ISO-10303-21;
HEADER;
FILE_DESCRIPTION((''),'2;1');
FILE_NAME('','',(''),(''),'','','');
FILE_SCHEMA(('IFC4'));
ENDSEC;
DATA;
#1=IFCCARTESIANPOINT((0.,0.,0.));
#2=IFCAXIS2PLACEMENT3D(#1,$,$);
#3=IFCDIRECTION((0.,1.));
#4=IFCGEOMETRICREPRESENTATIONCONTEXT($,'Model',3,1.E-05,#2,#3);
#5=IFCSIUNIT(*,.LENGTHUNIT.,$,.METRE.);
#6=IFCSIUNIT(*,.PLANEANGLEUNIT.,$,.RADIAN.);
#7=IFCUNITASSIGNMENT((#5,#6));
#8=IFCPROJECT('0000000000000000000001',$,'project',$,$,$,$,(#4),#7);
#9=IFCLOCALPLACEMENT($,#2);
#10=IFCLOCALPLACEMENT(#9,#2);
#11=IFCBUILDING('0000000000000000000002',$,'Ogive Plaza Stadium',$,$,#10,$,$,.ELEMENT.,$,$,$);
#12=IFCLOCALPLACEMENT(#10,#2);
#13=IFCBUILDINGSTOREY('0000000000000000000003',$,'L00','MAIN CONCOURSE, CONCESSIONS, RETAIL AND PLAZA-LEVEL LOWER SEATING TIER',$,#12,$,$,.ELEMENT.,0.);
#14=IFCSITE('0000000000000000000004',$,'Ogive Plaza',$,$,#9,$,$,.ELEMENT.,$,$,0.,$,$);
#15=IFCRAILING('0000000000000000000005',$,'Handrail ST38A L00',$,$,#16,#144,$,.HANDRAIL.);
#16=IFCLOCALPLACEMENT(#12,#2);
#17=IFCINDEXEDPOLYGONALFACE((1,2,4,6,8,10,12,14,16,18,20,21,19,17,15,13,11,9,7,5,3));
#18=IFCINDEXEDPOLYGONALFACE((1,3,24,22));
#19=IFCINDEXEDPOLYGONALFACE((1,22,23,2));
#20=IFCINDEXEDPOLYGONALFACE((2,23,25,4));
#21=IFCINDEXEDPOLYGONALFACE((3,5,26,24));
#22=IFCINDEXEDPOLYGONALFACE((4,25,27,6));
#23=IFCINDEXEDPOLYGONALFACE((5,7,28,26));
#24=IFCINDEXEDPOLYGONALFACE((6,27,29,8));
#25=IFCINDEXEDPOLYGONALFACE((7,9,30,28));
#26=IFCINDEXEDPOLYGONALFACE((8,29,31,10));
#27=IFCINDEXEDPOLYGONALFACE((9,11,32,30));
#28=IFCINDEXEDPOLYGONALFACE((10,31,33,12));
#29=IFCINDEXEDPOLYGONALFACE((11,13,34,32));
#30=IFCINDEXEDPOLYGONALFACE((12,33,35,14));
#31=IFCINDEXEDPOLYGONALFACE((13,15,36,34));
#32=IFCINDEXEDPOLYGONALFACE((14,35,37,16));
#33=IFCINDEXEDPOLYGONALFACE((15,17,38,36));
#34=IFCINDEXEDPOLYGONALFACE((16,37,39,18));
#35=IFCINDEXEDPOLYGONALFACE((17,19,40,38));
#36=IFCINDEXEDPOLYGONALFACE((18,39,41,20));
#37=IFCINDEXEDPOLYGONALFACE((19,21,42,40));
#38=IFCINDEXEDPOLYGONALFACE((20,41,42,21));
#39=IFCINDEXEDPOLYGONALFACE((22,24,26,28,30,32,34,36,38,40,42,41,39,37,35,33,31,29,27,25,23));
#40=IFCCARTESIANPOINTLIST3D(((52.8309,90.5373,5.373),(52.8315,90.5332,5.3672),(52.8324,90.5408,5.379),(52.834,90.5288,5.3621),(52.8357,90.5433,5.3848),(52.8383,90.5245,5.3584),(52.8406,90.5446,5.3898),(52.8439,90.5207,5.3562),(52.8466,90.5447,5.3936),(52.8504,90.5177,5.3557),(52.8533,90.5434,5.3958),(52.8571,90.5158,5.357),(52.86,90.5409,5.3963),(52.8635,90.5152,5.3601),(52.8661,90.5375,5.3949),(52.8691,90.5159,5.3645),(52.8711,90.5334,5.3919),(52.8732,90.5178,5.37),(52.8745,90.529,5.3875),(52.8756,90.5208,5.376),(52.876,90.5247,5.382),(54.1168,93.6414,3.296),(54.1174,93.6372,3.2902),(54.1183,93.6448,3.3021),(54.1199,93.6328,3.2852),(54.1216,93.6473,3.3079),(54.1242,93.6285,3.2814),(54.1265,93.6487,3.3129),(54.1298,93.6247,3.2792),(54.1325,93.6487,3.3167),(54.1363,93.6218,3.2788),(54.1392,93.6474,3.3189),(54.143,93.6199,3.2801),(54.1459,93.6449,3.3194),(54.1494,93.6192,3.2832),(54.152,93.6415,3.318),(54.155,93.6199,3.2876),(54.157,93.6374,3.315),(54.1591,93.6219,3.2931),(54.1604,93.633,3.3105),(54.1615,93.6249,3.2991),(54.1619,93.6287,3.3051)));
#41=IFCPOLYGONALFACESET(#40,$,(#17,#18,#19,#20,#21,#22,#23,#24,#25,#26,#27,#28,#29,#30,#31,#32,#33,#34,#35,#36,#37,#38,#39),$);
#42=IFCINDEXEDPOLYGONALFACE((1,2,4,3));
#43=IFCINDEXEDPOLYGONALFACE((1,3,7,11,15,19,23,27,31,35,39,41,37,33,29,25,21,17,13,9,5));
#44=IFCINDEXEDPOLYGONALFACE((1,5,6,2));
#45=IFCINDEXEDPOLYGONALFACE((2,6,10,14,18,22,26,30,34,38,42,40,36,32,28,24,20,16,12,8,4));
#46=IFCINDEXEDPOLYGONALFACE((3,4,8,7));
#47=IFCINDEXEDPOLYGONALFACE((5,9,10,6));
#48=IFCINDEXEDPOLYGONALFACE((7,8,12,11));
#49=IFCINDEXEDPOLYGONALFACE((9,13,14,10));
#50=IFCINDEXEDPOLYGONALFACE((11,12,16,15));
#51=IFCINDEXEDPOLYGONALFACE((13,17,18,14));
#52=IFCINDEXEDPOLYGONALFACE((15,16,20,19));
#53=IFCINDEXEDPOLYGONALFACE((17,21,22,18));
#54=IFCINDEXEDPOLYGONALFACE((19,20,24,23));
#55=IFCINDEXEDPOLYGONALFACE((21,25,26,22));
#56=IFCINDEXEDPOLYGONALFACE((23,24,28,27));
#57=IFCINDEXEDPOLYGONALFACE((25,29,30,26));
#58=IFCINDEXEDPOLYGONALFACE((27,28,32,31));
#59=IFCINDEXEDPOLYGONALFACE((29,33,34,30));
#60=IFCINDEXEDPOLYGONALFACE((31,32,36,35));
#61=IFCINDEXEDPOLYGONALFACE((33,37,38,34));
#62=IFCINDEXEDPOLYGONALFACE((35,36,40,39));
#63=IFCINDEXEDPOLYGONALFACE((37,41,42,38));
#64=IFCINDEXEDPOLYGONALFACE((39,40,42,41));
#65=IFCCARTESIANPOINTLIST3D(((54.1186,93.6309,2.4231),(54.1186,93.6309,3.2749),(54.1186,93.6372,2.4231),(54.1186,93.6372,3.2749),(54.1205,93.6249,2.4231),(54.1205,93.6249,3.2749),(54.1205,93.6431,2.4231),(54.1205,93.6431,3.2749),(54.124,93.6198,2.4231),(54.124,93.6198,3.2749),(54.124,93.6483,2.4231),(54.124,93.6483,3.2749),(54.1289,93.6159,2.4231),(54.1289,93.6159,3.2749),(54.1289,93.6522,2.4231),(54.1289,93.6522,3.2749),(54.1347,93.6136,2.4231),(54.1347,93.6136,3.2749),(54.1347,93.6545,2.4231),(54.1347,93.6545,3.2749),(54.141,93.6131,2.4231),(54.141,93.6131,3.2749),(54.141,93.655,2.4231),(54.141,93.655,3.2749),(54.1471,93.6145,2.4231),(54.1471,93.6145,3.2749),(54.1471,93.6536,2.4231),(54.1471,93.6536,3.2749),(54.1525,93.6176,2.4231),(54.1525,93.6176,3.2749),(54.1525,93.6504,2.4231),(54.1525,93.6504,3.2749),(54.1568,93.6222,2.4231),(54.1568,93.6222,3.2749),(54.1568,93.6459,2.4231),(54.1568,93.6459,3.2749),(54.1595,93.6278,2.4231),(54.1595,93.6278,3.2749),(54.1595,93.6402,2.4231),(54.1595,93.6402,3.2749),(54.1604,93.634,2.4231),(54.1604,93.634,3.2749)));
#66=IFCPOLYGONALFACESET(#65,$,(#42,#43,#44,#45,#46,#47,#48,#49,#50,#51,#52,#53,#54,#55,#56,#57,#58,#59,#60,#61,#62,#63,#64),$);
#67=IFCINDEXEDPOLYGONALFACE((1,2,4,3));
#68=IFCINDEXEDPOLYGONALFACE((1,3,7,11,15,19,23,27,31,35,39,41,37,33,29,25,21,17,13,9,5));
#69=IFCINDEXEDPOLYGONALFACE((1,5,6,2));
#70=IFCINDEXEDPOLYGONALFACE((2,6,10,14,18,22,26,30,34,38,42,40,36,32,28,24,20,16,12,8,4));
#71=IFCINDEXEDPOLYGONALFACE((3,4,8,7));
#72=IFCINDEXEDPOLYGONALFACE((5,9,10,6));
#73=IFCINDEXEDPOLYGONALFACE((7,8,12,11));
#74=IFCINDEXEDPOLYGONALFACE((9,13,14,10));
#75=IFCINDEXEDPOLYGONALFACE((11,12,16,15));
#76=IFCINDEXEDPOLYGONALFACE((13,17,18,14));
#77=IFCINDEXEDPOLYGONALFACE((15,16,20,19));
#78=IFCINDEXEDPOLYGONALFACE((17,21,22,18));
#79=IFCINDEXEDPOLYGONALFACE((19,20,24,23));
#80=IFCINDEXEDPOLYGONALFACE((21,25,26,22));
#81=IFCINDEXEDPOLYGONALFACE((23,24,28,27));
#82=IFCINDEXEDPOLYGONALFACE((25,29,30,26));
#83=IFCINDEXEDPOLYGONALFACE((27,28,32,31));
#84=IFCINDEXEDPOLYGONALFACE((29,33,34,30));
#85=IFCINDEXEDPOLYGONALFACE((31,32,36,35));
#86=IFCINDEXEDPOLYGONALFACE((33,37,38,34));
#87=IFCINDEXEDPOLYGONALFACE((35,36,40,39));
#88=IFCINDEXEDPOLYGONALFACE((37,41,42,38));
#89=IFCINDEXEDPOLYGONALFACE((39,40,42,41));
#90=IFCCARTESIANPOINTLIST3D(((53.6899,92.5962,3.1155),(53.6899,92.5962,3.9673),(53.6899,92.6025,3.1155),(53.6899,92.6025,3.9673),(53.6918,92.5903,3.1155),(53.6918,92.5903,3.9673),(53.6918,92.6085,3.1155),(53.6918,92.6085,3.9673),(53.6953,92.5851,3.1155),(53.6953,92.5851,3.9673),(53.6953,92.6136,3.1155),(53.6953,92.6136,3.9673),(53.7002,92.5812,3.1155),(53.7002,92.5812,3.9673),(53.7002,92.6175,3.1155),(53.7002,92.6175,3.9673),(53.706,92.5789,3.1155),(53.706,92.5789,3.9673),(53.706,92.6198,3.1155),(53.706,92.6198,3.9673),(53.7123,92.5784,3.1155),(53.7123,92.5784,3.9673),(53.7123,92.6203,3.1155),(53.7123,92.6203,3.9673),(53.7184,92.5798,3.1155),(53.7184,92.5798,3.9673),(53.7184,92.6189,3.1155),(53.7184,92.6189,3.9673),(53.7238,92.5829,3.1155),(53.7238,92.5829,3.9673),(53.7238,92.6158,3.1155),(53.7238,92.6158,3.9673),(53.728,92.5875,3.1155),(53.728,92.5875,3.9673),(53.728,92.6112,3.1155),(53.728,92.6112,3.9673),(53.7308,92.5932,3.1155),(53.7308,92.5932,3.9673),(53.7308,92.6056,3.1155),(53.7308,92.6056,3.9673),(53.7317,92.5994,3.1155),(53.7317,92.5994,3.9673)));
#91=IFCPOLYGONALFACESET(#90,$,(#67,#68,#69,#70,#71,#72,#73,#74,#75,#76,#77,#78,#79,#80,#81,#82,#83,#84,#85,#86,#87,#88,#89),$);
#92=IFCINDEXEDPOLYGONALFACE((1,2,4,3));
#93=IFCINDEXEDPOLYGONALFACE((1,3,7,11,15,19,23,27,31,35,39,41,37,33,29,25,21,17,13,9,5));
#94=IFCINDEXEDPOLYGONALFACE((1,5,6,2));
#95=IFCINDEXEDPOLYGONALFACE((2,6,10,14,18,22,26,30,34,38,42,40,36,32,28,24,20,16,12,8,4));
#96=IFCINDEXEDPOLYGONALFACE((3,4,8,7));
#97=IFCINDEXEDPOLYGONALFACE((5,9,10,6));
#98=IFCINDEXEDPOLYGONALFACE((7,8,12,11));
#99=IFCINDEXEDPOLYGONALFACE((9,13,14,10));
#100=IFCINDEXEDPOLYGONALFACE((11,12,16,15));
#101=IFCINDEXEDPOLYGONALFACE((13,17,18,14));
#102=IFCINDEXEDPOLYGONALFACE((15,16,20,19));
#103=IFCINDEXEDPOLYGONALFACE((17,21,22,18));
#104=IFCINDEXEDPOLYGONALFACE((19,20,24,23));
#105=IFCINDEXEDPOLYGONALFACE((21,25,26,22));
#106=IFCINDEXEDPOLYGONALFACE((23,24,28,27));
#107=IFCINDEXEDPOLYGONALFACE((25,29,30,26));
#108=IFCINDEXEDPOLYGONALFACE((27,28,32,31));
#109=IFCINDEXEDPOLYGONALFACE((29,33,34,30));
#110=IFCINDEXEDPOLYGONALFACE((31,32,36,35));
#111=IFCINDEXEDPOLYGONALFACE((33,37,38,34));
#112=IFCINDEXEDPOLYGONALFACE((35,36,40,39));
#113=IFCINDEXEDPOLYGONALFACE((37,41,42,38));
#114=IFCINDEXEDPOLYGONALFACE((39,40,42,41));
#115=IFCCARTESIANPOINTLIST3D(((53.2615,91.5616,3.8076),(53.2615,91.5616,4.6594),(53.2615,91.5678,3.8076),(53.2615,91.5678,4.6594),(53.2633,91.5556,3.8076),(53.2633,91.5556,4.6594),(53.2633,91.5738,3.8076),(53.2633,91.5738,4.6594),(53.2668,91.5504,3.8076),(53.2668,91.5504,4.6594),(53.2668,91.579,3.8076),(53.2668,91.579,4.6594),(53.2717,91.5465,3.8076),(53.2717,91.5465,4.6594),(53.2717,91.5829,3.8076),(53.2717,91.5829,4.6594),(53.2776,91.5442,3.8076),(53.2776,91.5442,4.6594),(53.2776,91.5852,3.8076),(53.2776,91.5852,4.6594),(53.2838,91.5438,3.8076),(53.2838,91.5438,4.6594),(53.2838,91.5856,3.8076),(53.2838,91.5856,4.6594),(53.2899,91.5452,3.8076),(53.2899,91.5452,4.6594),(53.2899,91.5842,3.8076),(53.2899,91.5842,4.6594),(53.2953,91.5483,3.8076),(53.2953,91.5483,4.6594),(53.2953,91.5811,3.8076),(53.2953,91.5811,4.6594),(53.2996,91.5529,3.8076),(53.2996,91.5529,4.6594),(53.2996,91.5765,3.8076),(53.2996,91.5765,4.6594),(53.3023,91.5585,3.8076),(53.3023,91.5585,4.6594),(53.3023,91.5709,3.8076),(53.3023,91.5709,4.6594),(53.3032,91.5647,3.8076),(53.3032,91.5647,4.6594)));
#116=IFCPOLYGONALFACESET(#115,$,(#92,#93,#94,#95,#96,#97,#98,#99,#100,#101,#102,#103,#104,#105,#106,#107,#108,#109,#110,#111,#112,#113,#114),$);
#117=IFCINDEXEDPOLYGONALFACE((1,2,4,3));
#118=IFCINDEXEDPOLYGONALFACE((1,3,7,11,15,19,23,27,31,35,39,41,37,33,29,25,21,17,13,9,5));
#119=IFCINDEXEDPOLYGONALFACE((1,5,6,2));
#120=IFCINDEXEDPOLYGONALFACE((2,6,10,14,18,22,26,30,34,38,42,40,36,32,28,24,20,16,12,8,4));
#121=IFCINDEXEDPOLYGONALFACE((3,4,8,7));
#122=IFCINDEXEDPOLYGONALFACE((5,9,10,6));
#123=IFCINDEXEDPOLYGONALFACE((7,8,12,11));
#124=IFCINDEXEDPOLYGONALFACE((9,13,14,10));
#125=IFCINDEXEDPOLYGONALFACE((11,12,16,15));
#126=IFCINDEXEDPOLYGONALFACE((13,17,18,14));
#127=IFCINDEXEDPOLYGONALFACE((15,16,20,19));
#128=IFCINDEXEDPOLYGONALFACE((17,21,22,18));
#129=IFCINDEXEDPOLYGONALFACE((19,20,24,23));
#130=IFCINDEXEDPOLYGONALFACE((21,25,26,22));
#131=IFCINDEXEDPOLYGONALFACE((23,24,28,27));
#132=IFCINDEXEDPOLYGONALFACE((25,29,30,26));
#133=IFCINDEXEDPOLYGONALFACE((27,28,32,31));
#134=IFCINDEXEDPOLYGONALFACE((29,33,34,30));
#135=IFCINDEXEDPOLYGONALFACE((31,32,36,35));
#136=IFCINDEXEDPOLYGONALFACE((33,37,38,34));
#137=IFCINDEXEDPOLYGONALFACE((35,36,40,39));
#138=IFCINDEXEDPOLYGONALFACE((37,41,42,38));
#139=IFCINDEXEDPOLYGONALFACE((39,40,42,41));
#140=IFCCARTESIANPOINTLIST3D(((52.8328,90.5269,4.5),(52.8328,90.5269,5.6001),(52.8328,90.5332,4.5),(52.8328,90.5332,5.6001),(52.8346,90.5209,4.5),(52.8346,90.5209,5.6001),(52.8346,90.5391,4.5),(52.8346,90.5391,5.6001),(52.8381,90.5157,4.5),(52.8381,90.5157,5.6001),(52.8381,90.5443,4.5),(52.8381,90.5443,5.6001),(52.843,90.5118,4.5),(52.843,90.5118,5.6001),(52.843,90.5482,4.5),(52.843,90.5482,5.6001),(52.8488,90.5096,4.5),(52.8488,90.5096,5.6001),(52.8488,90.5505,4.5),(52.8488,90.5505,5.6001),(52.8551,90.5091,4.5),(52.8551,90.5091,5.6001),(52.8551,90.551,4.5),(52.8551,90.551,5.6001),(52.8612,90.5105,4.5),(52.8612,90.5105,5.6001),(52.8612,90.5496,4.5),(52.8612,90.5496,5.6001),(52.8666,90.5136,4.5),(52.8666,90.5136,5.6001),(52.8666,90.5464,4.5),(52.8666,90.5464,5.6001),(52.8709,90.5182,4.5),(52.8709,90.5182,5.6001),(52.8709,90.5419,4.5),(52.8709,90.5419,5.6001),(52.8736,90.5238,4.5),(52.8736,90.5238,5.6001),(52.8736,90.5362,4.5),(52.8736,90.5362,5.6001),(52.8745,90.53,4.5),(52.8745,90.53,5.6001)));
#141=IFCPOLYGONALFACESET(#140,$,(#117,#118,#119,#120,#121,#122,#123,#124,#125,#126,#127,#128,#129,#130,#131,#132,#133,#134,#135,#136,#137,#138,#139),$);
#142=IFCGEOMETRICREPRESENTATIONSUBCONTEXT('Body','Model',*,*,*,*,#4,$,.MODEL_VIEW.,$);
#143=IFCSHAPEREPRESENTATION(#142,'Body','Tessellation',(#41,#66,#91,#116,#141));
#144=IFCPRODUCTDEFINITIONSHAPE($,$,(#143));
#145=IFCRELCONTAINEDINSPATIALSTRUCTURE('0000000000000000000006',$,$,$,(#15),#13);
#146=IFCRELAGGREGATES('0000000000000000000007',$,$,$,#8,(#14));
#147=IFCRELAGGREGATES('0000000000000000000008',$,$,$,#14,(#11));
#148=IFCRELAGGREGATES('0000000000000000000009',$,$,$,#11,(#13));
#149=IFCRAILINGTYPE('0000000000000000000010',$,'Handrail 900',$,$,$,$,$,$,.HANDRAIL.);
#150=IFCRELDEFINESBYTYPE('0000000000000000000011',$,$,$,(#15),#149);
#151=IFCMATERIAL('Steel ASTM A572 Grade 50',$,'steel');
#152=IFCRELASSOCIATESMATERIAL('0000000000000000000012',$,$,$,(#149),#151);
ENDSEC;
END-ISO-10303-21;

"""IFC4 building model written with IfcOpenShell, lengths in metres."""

from ifc_helpers import new_model, si_unit, direction, frame, origin, origin_2d, place, context, subcontext, project, spatial, circle, extrude, material, type_object, element, save


model = new_model("IFC4")

# Units and contexts
model_context = context("Model", 3, precision=1e-05, world=origin(), true_north=direction((0.0, 1.0)))
body_context = subcontext(model_context, "Body", "Model", "MODEL_VIEW")
ifc_project = project(units=[si_unit("LENGTHUNIT", "METRE"), si_unit("PLANEANGLEUNIT", "RADIAN")], contexts=[model_context])

# Site, building, storey
site_placement = place(None, origin())
site = spatial("IfcSite", under=ifc_project, at=site_placement, Name="Ogive Plaza", CompositionType="ELEMENT", RefElevation=0.0)
building_placement = place(site_placement, origin())
building = spatial("IfcBuilding", under=site, at=building_placement, Name="Ogive Plaza Stadium", CompositionType="ELEMENT")
storey_placement = place(building_placement, origin())
storey = spatial("IfcBuildingStorey", under=building, at=storey_placement, Name="L00", Description="MAIN CONCOURSE, CONCESSIONS, RETAIL AND PLAZA-LEVEL LOWER SEATING TIER", CompositionType="ELEMENT", Elevation=0.0)

# Railing
ifc_material_1 = material(Name="Steel ASTM A572 Grade 50", Category="steel")
railing_type_1 = type_object("IfcRailingType", Name="Handrail 900", PredefinedType="HANDRAIL", material=ifc_material_1)
railing_1_placement = place(storey_placement, frame((54.1394, 93.634, 2.4231)))
element("IfcRailing", 1, at=railing_1_placement, inside=storey, type_object=railing_type_1, Name="Handrail ST38A L00", PredefinedType="HANDRAIL", context=body_context, shape_type="SweptSolid", body=[
    extrude(circle(Radius=0.0239, at=origin_2d()), frame((0.0, 0.0, 0.876), z_axis=(-0.325548, -0.785839, 0.525809), x_axis=(0.923862, -0.382726, 0.0)), (0.0, 0.0, 1.0), 3.95),
    extrude(circle(Radius=0.021, at=origin_2d()), origin(), (0.0, 0.0, 1.0), 0.8518),
    extrude(circle(Radius=0.021, at=origin_2d()), frame((-0.4287, -1.0347, 0.6924)), (0.0, 0.0, 1.0), 0.8518),
    extrude(circle(Radius=0.021, at=origin_2d()), frame((-0.8572, -2.0693, 1.3845)), (0.0, 0.0, 1.0), 0.8518),
    extrude(circle(Radius=0.021, at=origin_2d()), frame((-1.2859, -3.104, 2.0769)), (0.0, 0.0, 1.0), 1.1001),
])

save(model, "model.ifc")
